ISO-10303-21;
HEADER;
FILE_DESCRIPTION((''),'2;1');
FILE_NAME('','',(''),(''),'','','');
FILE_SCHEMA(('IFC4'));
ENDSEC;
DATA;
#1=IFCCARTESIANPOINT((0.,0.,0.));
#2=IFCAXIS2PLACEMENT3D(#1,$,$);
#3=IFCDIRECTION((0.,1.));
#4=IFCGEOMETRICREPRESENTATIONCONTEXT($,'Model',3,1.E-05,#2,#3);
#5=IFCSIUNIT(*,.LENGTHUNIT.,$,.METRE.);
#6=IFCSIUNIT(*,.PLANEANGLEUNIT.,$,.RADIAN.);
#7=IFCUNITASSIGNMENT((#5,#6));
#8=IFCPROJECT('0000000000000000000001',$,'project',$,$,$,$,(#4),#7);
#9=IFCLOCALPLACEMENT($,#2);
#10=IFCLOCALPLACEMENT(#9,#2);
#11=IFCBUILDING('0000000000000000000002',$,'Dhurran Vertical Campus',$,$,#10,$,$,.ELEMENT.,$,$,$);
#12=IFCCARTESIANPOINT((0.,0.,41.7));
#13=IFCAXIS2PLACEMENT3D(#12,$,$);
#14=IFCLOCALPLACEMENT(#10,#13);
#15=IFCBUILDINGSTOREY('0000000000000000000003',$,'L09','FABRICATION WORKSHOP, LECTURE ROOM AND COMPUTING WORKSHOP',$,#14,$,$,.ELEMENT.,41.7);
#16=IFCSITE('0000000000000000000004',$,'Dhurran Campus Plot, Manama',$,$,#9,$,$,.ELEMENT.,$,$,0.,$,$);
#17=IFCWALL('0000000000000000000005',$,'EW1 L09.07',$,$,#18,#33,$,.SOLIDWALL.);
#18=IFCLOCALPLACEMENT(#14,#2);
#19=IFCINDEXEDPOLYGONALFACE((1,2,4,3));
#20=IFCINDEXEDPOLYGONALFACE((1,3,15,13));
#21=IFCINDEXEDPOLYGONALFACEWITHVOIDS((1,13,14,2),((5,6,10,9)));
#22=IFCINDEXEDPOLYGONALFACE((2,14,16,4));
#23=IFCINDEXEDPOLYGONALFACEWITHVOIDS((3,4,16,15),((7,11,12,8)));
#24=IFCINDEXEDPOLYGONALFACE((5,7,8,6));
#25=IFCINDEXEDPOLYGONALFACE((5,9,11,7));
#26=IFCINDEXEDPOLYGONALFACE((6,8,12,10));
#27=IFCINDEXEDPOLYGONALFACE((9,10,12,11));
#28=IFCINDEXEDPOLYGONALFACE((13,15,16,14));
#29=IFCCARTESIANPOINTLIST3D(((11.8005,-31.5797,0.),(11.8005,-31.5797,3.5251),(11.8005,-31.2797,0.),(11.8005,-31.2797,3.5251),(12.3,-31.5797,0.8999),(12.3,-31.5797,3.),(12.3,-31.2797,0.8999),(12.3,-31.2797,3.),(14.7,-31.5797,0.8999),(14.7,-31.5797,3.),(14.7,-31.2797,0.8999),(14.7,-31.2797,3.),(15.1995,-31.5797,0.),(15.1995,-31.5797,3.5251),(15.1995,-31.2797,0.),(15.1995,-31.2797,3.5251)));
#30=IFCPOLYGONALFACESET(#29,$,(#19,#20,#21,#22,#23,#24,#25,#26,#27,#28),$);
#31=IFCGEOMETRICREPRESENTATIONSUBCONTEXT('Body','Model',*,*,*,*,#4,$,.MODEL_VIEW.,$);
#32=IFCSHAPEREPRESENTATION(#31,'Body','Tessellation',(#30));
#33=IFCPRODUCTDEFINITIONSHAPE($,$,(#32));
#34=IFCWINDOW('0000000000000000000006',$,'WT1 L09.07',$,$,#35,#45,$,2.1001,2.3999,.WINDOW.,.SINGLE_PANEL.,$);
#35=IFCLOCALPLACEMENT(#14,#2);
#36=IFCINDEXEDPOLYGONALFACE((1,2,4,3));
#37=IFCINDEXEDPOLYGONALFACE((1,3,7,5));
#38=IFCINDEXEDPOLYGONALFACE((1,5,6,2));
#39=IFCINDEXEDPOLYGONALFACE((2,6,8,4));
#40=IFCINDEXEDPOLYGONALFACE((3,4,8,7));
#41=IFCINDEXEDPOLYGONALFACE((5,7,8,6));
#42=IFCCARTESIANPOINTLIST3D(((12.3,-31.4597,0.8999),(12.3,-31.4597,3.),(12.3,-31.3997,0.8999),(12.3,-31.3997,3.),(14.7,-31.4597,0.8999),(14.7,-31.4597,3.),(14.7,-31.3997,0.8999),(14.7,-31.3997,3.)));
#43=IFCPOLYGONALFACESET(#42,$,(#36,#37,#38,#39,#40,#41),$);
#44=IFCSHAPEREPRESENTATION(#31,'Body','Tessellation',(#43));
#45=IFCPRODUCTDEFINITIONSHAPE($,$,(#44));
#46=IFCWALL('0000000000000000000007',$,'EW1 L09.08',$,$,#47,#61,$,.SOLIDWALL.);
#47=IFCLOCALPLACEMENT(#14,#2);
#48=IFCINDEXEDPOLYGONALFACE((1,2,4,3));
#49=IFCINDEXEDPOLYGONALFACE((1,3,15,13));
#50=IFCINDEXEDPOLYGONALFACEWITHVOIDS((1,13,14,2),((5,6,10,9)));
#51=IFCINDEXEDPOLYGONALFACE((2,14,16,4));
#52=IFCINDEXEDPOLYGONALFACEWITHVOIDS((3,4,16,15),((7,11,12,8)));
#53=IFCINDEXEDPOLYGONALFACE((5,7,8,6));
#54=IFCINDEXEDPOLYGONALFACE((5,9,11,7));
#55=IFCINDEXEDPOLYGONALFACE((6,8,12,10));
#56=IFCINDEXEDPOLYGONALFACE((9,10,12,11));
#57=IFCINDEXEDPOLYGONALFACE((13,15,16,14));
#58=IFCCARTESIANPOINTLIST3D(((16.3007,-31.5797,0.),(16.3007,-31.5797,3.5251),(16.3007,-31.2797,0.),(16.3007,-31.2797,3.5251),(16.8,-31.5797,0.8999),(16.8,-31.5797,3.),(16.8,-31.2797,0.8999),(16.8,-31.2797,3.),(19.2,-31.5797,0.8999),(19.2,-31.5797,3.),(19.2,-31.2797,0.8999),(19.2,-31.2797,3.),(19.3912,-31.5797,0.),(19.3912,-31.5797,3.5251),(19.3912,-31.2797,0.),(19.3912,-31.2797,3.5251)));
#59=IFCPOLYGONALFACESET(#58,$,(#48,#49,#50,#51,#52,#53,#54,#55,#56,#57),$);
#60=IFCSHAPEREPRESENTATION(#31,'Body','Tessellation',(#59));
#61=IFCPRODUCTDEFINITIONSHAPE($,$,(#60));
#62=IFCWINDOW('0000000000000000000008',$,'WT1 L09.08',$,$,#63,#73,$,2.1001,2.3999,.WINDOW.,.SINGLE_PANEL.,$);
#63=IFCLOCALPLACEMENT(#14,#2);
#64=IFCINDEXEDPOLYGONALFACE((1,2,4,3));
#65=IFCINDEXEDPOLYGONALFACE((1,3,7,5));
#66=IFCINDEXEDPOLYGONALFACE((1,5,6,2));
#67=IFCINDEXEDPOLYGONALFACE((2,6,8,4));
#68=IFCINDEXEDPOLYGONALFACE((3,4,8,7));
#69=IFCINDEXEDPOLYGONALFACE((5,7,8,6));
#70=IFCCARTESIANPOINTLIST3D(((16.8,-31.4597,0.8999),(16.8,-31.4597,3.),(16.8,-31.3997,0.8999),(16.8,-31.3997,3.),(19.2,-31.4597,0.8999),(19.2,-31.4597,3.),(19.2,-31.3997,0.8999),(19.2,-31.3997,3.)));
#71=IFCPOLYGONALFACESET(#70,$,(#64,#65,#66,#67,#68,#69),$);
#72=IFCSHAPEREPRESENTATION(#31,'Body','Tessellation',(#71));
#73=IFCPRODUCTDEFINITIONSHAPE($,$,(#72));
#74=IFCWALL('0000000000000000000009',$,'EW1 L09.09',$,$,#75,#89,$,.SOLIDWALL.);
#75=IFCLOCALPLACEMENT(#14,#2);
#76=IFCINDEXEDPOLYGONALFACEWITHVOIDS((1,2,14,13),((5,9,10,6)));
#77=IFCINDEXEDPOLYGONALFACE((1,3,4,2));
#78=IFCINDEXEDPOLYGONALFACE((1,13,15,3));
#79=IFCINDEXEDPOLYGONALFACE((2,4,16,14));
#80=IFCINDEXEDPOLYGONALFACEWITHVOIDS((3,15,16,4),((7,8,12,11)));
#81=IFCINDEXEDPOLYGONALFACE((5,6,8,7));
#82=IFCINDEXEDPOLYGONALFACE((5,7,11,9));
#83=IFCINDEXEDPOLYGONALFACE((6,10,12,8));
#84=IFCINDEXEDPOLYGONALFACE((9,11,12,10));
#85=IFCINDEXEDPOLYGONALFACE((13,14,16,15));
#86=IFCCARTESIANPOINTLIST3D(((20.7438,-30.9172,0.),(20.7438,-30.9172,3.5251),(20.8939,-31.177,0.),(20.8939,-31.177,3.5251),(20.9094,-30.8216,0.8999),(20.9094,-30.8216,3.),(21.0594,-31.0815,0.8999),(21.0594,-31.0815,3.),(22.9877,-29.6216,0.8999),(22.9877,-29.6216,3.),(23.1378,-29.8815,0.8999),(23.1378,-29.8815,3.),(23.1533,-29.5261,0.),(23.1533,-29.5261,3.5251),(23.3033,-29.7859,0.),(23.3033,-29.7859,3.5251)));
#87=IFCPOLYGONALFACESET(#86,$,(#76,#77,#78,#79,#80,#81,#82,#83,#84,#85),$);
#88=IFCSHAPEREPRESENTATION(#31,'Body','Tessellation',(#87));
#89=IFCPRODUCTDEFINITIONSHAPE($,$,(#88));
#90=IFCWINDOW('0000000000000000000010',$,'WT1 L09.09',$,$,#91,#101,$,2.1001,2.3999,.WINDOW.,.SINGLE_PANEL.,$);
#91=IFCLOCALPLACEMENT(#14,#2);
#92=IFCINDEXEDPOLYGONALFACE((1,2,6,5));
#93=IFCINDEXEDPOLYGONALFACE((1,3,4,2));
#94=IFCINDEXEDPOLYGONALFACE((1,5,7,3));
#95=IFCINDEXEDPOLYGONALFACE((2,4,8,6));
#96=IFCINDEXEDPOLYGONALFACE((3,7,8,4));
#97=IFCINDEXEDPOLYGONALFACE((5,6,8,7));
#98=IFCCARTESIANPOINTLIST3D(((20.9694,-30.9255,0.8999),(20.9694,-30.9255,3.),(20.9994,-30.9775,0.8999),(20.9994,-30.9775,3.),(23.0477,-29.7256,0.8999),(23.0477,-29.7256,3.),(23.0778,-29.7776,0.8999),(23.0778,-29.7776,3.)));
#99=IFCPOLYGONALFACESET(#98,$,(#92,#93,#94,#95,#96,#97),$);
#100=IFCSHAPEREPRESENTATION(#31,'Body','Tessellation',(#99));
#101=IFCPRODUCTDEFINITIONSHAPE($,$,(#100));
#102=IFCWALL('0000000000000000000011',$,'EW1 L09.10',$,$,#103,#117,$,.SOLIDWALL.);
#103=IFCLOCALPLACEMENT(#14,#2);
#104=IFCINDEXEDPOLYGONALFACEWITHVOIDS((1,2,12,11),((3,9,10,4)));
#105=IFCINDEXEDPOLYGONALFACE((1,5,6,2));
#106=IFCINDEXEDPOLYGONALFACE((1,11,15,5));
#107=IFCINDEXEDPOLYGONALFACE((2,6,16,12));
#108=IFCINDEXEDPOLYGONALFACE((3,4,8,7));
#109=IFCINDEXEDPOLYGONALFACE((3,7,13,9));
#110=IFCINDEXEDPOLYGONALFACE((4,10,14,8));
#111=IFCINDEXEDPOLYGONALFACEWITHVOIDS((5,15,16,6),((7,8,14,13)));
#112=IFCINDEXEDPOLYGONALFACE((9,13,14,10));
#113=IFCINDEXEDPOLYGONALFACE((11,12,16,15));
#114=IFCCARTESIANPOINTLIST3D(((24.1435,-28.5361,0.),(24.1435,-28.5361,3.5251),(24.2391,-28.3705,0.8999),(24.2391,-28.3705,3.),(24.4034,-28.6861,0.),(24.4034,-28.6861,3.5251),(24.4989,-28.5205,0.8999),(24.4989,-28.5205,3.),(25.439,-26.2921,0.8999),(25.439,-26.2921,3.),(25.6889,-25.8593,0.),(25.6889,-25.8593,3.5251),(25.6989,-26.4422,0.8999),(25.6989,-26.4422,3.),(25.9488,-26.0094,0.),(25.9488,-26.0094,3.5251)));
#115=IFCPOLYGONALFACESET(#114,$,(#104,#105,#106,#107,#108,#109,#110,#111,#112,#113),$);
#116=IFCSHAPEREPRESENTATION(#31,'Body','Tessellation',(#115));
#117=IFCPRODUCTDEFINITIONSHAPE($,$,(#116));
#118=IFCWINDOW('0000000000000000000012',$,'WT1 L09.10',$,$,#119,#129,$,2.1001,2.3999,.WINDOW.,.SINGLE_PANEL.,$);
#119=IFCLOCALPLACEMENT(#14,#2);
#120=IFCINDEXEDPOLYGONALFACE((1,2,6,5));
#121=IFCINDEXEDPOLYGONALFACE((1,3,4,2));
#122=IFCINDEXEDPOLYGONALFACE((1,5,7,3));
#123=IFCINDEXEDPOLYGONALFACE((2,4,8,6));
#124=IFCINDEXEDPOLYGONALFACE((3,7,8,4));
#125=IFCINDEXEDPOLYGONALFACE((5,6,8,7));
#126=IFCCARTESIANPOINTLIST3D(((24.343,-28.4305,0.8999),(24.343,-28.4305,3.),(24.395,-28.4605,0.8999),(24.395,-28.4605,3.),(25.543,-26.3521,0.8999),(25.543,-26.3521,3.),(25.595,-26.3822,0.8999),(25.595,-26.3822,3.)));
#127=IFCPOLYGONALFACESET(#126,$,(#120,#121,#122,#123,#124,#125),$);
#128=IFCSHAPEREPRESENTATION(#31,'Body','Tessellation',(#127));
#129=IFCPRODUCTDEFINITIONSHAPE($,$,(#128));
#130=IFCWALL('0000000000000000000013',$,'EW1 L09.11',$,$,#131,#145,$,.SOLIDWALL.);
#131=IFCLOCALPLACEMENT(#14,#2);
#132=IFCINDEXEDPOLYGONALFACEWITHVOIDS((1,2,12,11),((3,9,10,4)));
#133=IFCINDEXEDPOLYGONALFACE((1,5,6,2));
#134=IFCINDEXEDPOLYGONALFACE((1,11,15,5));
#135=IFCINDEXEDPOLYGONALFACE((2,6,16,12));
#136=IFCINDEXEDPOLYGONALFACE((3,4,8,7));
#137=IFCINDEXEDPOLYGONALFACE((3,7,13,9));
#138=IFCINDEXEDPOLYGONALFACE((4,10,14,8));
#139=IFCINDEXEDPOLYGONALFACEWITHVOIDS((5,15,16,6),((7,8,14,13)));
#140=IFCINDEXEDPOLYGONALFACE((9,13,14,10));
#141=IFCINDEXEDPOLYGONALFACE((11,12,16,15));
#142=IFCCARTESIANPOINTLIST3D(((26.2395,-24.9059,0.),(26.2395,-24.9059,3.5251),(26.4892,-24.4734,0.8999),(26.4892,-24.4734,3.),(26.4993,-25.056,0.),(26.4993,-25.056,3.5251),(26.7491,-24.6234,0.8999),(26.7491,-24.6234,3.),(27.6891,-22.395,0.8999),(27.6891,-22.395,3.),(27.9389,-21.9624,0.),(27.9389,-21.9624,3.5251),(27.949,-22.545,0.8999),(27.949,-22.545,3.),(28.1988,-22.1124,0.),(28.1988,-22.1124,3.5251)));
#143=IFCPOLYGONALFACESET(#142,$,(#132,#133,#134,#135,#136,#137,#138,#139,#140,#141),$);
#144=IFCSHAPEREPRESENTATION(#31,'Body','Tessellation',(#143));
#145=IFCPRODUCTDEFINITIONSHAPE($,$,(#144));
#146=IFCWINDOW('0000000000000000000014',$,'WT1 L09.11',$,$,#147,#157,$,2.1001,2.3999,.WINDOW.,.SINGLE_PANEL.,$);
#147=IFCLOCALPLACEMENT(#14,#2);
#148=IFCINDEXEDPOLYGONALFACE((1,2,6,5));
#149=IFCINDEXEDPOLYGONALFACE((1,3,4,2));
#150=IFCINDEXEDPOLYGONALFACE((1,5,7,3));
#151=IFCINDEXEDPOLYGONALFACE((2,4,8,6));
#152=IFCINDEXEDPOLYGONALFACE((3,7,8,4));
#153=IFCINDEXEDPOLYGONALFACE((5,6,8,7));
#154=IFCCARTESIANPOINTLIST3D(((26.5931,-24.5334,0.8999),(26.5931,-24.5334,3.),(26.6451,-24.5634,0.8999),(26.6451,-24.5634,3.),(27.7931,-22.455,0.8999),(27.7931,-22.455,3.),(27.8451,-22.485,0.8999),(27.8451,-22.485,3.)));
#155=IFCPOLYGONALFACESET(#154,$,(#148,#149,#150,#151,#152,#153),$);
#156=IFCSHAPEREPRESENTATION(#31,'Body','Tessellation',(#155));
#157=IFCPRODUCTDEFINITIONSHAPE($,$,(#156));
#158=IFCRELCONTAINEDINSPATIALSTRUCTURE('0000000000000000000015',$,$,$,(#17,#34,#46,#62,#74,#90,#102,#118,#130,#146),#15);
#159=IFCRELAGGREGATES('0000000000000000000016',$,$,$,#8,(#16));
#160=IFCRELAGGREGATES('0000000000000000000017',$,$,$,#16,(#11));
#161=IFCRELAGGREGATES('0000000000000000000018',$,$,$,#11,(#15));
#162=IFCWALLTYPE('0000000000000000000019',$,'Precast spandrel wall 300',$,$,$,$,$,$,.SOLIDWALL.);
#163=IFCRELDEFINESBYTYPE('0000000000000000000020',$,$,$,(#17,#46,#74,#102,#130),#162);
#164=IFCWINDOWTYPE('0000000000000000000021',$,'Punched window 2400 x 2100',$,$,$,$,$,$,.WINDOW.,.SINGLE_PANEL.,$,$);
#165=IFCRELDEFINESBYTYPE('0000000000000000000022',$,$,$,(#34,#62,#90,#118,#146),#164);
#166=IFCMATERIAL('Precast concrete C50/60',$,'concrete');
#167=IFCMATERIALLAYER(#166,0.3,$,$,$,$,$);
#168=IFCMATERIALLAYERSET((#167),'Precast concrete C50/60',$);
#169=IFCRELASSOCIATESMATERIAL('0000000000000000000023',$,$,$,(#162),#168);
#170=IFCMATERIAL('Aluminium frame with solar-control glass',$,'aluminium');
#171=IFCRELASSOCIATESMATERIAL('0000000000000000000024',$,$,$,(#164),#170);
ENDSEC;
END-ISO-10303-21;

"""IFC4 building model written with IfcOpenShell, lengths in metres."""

from ifc_helpers import new_model, si_unit, direction, frame, frame_2d, origin, place, context, subcontext, project, spatial, rectangle, extrude, material, layer, layer_set, type_object, element, fill, save


model = new_model("IFC4")

# Units and contexts
model_context = context("Model", 3, precision=1e-05, world=origin(), true_north=direction((0.0, 1.0)))
body_context = subcontext(model_context, "Body", "Model", "MODEL_VIEW")
ifc_project = project(units=[si_unit("LENGTHUNIT", "METRE"), si_unit("PLANEANGLEUNIT", "RADIAN")], contexts=[model_context])

# Site, building, storey
site_placement = place(None, origin())
site = spatial("IfcSite", under=ifc_project, at=site_placement, Name="Dhurran Campus Plot, Manama", CompositionType="ELEMENT", RefElevation=0.0)
building_placement = place(site_placement, origin())
building = spatial("IfcBuilding", under=site, at=building_placement, Name="Dhurran Vertical Campus", CompositionType="ELEMENT")
storey_placement = place(building_placement, frame((0.0, 0.0, 41.7)))
storey = spatial("IfcBuildingStorey", under=building, at=storey_placement, Name="L09", Description="FABRICATION WORKSHOP, LECTURE ROOM AND COMPUTING WORKSHOP", CompositionType="ELEMENT", Elevation=41.7)

# Walls, openings, windows
ifc_material_1 = material(Name="Precast concrete C50/60", Category="concrete")
ifc_layer_1 = layer(ifc_material_1, 0.3)
ifc_layer_set_1 = layer_set([ifc_layer_1], Name="Precast concrete C50/60")
wall_type_1 = type_object("IfcWallType", Name="Precast spandrel wall 300", PredefinedType="SOLIDWALL", material=ifc_layer_set_1)
wall_1_placement = place(storey_placement, frame((11.8005, -31.4297, 0.0), z_axis=(0.0, 0.0, 1.0), x_axis=(1.0, 0.0, 0.0)))
wall_1 = element("IfcWall", 1, at=wall_1_placement, inside=storey, type_object=wall_type_1, Name="EW1 L09.07", PredefinedType="SOLIDWALL", context=body_context, shape_type="SweptSolid", body=[
    extrude(rectangle(XDim=3.3989, YDim=0.3, at=frame_2d((1.6995, 0.0))), origin(), (0.0, 0.0, 1.0), 3.5251),
])
opening_1_placement = place(wall_1_placement, frame((0.4995, 0.0, 0.8999)))
opening_1 = element("IfcOpeningElement", 2, at=opening_1_placement, cuts=wall_1, PredefinedType="OPENING", context=body_context, shape_type="SweptSolid", body=[
    extrude(rectangle(XDim=2.3999, YDim=2.1001, at=frame_2d((1.2, 1.05))), frame((0.0, 0.1599, 0.0), z_axis=(0.0, -1.0, 0.0), x_axis=(1.0, 0.0, 0.0)), (0.0, 0.0, 1.0), 0.3201),
])
ifc_material_2 = material(Name="Aluminium frame with solar-control glass", Category="aluminium")
window_type = type_object("IfcWindowType", Name="Punched window 2400 x 2100", PartitioningType="SINGLE_PANEL", PredefinedType="WINDOW", material=ifc_material_2)
window_1_placement = place(opening_1_placement, origin())
window_1 = element("IfcWindow", 3, at=window_1_placement, inside=storey, type_object=window_type, Name="WT1 L09.07", OverallHeight=2.1001, OverallWidth=2.3999, PartitioningType="SINGLE_PANEL", PredefinedType="WINDOW", context=body_context, shape_type="SweptSolid", body=[
    extrude(rectangle(XDim=2.3999, YDim=2.1001, at=frame_2d((1.2, 1.05))), frame((0.0, 0.03, 0.0), z_axis=(0.0, -1.0, 0.0), x_axis=(1.0, 0.0, 0.0)), (0.0, 0.0, 1.0), 0.0601),
])
fill(opening_1, window_1)
wall_2_placement = place(storey_placement, frame((16.3005, -31.4297, 0.0), z_axis=(0.0, 0.0, 1.0), x_axis=(1.0, 0.0, 0.0)))
wall_2 = element("IfcWall", 4, at=wall_2_placement, inside=storey, type_object=wall_type_1, Name="EW1 L09.08", PredefinedType="SOLIDWALL", context=body_context, shape_type="SweptSolid", body=[
    extrude(rectangle(XDim=3.0906, YDim=0.3, at=frame_2d((1.5454, 0.0))), origin(), (0.0, 0.0, 1.0), 3.5251),
])
opening_2_placement = place(wall_2_placement, frame((0.4995, 0.0, 0.8999)))
opening_2 = element("IfcOpeningElement", 5, at=opening_2_placement, cuts=wall_2, PredefinedType="OPENING", context=body_context, shape_type="SweptSolid", body=[
    extrude(rectangle(XDim=2.3999, YDim=2.1001, at=frame_2d((1.2, 1.05))), frame((0.0, 0.1599, 0.0), z_axis=(0.0, -1.0, 0.0), x_axis=(1.0, 0.0, 0.0)), (0.0, 0.0, 1.0), 0.3201),
])
window_2_placement = place(opening_2_placement, origin())
window_2 = element("IfcWindow", 6, at=window_2_placement, inside=storey, type_object=window_type, Name="WT1 L09.08", OverallHeight=2.1001, OverallWidth=2.3999, PartitioningType="SINGLE_PANEL", PredefinedType="WINDOW", context=body_context, shape_type="SweptSolid", body=[
    extrude(rectangle(XDim=2.3999, YDim=2.1001, at=frame_2d((1.2, 1.05))), frame((0.0, 0.03, 0.0), z_axis=(0.0, -1.0, 0.0), x_axis=(1.0, 0.0, 0.0)), (0.0, 0.0, 1.0), 0.0601),
])
fill(opening_2, window_2)
wall_3_placement = place(storey_placement, frame((20.8188, -31.0471, 0.0), z_axis=(0.0, 0.0, 1.0), x_axis=(0.86602, 0.500009, 0.0)))
wall_3 = element("IfcWall", 7, at=wall_3_placement, inside=storey, type_object=wall_type_1, Name="EW1 L09.09", PredefinedType="SOLIDWALL", context=body_context, shape_type="SweptSolid", body=[
    extrude(rectangle(XDim=2.7822, YDim=0.3, at=frame_2d((1.3911, 0.0))), origin(), (0.0, 0.0, 1.0), 3.5251),
])
opening_3_placement = place(wall_3_placement, frame((0.1912, 0.0, 0.8999)))
opening_3 = element("IfcOpeningElement", 8, at=opening_3_placement, cuts=wall_3, PredefinedType="OPENING", context=body_context, shape_type="SweptSolid", body=[
    extrude(rectangle(XDim=2.3999, YDim=2.1001, at=frame_2d((1.2, 1.05))), frame((0.0, 0.1599, 0.0), z_axis=(0.0, -1.0, 0.0), x_axis=(1.0, 0.0, 0.0)), (0.0, 0.0, 1.0), 0.3201),
])
window_3_placement = place(opening_3_placement, origin())
window_3 = element("IfcWindow", 9, at=window_3_placement, inside=storey, type_object=window_type, Name="WT1 L09.09", OverallHeight=2.1001, OverallWidth=2.3999, PartitioningType="SINGLE_PANEL", PredefinedType="WINDOW", context=body_context, shape_type="SweptSolid", body=[
    extrude(rectangle(XDim=2.3999, YDim=2.1001, at=frame_2d((1.2, 1.05))), frame((0.0, 0.03, 0.0), z_axis=(0.0, -1.0, 0.0), x_axis=(1.0, 0.0, 0.0)), (0.0, 0.0, 1.0), 0.0601),
])
fill(opening_3, window_3)
wall_4_placement = place(storey_placement, frame((24.2734, -28.6111, 0.0), z_axis=(0.0, 0.0, 1.0), x_axis=(0.499996, 0.866028, 0.0)))
wall_4 = element("IfcWall", 10, at=wall_4_placement, inside=storey, type_object=wall_type_1, Name="EW1 L09.10", PredefinedType="SOLIDWALL", context=body_context, shape_type="SweptSolid", body=[
    extrude(rectangle(XDim=3.0908, YDim=0.3, at=frame_2d((1.5454, 0.0))), origin(), (0.0, 0.0, 1.0), 3.5251),
])
opening_4_placement = place(wall_4_placement, frame((0.1912, 0.0, 0.8999)))
opening_4 = element("IfcOpeningElement", 11, at=opening_4_placement, cuts=wall_4, PredefinedType="OPENING", context=body_context, shape_type="SweptSolid", body=[
    extrude(rectangle(XDim=2.3999, YDim=2.1001, at=frame_2d((1.2, 1.05))), frame((0.0, 0.1599, 0.0), z_axis=(0.0, -1.0, 0.0), x_axis=(1.0, 0.0, 0.0)), (0.0, 0.0, 1.0), 0.3201),
])
window_4_placement = place(opening_4_placement, origin())
window_4 = element("IfcWindow", 12, at=window_4_placement, inside=storey, type_object=window_type, Name="WT1 L09.10", OverallHeight=2.1001, OverallWidth=2.3999, PartitioningType="SINGLE_PANEL", PredefinedType="WINDOW", context=body_context, shape_type="SweptSolid", body=[
    extrude(rectangle(XDim=2.3999, YDim=2.1001, at=frame_2d((1.2, 1.05))), frame((0.0, 0.03, 0.0), z_axis=(0.0, -1.0, 0.0), x_axis=(1.0, 0.0, 0.0)), (0.0, 0.0, 1.0), 0.0601),
])
fill(opening_4, window_4)
wall_5_placement = place(storey_placement, frame((26.3694, -24.981, 0.0), z_axis=(0.0, 0.0, 1.0), x_axis=(0.499994, 0.866029, 0.0)))
wall_5 = element("IfcWall", 13, at=wall_5_placement, inside=storey, type_object=wall_type_1, Name="EW1 L09.11", PredefinedType="SOLIDWALL", context=body_context, shape_type="SweptSolid", body=[
    extrude(rectangle(XDim=3.3989, YDim=0.3, at=frame_2d((1.6995, 0.0))), origin(), (0.0, 0.0, 1.0), 3.5251),
])
opening_5_placement = place(wall_5_placement, frame((0.4995, 0.0, 0.8999)))
opening_5 = element("IfcOpeningElement", 14, at=opening_5_placement, cuts=wall_5, PredefinedType="OPENING", context=body_context, shape_type="SweptSolid", body=[
    extrude(rectangle(XDim=2.3999, YDim=2.1001, at=frame_2d((1.2, 1.05))), frame((0.0, 0.1599, 0.0), z_axis=(0.0, -1.0, 0.0), x_axis=(1.0, 0.0, 0.0)), (0.0, 0.0, 1.0), 0.3201),
])
window_5_placement = place(opening_5_placement, origin())
window_5 = element("IfcWindow", 15, at=window_5_placement, inside=storey, type_object=window_type, Name="WT1 L09.11", OverallHeight=2.1001, OverallWidth=2.3999, PartitioningType="SINGLE_PANEL", PredefinedType="WINDOW", context=body_context, shape_type="SweptSolid", body=[
    extrude(rectangle(XDim=2.3999, YDim=2.1001, at=frame_2d((1.2, 1.05))), frame((0.0, 0.03, 0.0), z_axis=(0.0, -1.0, 0.0), x_axis=(1.0, 0.0, 0.0)), (0.0, 0.0, 1.0), 0.0601),
])
fill(opening_5, window_5)

save(model, "model.ifc")
